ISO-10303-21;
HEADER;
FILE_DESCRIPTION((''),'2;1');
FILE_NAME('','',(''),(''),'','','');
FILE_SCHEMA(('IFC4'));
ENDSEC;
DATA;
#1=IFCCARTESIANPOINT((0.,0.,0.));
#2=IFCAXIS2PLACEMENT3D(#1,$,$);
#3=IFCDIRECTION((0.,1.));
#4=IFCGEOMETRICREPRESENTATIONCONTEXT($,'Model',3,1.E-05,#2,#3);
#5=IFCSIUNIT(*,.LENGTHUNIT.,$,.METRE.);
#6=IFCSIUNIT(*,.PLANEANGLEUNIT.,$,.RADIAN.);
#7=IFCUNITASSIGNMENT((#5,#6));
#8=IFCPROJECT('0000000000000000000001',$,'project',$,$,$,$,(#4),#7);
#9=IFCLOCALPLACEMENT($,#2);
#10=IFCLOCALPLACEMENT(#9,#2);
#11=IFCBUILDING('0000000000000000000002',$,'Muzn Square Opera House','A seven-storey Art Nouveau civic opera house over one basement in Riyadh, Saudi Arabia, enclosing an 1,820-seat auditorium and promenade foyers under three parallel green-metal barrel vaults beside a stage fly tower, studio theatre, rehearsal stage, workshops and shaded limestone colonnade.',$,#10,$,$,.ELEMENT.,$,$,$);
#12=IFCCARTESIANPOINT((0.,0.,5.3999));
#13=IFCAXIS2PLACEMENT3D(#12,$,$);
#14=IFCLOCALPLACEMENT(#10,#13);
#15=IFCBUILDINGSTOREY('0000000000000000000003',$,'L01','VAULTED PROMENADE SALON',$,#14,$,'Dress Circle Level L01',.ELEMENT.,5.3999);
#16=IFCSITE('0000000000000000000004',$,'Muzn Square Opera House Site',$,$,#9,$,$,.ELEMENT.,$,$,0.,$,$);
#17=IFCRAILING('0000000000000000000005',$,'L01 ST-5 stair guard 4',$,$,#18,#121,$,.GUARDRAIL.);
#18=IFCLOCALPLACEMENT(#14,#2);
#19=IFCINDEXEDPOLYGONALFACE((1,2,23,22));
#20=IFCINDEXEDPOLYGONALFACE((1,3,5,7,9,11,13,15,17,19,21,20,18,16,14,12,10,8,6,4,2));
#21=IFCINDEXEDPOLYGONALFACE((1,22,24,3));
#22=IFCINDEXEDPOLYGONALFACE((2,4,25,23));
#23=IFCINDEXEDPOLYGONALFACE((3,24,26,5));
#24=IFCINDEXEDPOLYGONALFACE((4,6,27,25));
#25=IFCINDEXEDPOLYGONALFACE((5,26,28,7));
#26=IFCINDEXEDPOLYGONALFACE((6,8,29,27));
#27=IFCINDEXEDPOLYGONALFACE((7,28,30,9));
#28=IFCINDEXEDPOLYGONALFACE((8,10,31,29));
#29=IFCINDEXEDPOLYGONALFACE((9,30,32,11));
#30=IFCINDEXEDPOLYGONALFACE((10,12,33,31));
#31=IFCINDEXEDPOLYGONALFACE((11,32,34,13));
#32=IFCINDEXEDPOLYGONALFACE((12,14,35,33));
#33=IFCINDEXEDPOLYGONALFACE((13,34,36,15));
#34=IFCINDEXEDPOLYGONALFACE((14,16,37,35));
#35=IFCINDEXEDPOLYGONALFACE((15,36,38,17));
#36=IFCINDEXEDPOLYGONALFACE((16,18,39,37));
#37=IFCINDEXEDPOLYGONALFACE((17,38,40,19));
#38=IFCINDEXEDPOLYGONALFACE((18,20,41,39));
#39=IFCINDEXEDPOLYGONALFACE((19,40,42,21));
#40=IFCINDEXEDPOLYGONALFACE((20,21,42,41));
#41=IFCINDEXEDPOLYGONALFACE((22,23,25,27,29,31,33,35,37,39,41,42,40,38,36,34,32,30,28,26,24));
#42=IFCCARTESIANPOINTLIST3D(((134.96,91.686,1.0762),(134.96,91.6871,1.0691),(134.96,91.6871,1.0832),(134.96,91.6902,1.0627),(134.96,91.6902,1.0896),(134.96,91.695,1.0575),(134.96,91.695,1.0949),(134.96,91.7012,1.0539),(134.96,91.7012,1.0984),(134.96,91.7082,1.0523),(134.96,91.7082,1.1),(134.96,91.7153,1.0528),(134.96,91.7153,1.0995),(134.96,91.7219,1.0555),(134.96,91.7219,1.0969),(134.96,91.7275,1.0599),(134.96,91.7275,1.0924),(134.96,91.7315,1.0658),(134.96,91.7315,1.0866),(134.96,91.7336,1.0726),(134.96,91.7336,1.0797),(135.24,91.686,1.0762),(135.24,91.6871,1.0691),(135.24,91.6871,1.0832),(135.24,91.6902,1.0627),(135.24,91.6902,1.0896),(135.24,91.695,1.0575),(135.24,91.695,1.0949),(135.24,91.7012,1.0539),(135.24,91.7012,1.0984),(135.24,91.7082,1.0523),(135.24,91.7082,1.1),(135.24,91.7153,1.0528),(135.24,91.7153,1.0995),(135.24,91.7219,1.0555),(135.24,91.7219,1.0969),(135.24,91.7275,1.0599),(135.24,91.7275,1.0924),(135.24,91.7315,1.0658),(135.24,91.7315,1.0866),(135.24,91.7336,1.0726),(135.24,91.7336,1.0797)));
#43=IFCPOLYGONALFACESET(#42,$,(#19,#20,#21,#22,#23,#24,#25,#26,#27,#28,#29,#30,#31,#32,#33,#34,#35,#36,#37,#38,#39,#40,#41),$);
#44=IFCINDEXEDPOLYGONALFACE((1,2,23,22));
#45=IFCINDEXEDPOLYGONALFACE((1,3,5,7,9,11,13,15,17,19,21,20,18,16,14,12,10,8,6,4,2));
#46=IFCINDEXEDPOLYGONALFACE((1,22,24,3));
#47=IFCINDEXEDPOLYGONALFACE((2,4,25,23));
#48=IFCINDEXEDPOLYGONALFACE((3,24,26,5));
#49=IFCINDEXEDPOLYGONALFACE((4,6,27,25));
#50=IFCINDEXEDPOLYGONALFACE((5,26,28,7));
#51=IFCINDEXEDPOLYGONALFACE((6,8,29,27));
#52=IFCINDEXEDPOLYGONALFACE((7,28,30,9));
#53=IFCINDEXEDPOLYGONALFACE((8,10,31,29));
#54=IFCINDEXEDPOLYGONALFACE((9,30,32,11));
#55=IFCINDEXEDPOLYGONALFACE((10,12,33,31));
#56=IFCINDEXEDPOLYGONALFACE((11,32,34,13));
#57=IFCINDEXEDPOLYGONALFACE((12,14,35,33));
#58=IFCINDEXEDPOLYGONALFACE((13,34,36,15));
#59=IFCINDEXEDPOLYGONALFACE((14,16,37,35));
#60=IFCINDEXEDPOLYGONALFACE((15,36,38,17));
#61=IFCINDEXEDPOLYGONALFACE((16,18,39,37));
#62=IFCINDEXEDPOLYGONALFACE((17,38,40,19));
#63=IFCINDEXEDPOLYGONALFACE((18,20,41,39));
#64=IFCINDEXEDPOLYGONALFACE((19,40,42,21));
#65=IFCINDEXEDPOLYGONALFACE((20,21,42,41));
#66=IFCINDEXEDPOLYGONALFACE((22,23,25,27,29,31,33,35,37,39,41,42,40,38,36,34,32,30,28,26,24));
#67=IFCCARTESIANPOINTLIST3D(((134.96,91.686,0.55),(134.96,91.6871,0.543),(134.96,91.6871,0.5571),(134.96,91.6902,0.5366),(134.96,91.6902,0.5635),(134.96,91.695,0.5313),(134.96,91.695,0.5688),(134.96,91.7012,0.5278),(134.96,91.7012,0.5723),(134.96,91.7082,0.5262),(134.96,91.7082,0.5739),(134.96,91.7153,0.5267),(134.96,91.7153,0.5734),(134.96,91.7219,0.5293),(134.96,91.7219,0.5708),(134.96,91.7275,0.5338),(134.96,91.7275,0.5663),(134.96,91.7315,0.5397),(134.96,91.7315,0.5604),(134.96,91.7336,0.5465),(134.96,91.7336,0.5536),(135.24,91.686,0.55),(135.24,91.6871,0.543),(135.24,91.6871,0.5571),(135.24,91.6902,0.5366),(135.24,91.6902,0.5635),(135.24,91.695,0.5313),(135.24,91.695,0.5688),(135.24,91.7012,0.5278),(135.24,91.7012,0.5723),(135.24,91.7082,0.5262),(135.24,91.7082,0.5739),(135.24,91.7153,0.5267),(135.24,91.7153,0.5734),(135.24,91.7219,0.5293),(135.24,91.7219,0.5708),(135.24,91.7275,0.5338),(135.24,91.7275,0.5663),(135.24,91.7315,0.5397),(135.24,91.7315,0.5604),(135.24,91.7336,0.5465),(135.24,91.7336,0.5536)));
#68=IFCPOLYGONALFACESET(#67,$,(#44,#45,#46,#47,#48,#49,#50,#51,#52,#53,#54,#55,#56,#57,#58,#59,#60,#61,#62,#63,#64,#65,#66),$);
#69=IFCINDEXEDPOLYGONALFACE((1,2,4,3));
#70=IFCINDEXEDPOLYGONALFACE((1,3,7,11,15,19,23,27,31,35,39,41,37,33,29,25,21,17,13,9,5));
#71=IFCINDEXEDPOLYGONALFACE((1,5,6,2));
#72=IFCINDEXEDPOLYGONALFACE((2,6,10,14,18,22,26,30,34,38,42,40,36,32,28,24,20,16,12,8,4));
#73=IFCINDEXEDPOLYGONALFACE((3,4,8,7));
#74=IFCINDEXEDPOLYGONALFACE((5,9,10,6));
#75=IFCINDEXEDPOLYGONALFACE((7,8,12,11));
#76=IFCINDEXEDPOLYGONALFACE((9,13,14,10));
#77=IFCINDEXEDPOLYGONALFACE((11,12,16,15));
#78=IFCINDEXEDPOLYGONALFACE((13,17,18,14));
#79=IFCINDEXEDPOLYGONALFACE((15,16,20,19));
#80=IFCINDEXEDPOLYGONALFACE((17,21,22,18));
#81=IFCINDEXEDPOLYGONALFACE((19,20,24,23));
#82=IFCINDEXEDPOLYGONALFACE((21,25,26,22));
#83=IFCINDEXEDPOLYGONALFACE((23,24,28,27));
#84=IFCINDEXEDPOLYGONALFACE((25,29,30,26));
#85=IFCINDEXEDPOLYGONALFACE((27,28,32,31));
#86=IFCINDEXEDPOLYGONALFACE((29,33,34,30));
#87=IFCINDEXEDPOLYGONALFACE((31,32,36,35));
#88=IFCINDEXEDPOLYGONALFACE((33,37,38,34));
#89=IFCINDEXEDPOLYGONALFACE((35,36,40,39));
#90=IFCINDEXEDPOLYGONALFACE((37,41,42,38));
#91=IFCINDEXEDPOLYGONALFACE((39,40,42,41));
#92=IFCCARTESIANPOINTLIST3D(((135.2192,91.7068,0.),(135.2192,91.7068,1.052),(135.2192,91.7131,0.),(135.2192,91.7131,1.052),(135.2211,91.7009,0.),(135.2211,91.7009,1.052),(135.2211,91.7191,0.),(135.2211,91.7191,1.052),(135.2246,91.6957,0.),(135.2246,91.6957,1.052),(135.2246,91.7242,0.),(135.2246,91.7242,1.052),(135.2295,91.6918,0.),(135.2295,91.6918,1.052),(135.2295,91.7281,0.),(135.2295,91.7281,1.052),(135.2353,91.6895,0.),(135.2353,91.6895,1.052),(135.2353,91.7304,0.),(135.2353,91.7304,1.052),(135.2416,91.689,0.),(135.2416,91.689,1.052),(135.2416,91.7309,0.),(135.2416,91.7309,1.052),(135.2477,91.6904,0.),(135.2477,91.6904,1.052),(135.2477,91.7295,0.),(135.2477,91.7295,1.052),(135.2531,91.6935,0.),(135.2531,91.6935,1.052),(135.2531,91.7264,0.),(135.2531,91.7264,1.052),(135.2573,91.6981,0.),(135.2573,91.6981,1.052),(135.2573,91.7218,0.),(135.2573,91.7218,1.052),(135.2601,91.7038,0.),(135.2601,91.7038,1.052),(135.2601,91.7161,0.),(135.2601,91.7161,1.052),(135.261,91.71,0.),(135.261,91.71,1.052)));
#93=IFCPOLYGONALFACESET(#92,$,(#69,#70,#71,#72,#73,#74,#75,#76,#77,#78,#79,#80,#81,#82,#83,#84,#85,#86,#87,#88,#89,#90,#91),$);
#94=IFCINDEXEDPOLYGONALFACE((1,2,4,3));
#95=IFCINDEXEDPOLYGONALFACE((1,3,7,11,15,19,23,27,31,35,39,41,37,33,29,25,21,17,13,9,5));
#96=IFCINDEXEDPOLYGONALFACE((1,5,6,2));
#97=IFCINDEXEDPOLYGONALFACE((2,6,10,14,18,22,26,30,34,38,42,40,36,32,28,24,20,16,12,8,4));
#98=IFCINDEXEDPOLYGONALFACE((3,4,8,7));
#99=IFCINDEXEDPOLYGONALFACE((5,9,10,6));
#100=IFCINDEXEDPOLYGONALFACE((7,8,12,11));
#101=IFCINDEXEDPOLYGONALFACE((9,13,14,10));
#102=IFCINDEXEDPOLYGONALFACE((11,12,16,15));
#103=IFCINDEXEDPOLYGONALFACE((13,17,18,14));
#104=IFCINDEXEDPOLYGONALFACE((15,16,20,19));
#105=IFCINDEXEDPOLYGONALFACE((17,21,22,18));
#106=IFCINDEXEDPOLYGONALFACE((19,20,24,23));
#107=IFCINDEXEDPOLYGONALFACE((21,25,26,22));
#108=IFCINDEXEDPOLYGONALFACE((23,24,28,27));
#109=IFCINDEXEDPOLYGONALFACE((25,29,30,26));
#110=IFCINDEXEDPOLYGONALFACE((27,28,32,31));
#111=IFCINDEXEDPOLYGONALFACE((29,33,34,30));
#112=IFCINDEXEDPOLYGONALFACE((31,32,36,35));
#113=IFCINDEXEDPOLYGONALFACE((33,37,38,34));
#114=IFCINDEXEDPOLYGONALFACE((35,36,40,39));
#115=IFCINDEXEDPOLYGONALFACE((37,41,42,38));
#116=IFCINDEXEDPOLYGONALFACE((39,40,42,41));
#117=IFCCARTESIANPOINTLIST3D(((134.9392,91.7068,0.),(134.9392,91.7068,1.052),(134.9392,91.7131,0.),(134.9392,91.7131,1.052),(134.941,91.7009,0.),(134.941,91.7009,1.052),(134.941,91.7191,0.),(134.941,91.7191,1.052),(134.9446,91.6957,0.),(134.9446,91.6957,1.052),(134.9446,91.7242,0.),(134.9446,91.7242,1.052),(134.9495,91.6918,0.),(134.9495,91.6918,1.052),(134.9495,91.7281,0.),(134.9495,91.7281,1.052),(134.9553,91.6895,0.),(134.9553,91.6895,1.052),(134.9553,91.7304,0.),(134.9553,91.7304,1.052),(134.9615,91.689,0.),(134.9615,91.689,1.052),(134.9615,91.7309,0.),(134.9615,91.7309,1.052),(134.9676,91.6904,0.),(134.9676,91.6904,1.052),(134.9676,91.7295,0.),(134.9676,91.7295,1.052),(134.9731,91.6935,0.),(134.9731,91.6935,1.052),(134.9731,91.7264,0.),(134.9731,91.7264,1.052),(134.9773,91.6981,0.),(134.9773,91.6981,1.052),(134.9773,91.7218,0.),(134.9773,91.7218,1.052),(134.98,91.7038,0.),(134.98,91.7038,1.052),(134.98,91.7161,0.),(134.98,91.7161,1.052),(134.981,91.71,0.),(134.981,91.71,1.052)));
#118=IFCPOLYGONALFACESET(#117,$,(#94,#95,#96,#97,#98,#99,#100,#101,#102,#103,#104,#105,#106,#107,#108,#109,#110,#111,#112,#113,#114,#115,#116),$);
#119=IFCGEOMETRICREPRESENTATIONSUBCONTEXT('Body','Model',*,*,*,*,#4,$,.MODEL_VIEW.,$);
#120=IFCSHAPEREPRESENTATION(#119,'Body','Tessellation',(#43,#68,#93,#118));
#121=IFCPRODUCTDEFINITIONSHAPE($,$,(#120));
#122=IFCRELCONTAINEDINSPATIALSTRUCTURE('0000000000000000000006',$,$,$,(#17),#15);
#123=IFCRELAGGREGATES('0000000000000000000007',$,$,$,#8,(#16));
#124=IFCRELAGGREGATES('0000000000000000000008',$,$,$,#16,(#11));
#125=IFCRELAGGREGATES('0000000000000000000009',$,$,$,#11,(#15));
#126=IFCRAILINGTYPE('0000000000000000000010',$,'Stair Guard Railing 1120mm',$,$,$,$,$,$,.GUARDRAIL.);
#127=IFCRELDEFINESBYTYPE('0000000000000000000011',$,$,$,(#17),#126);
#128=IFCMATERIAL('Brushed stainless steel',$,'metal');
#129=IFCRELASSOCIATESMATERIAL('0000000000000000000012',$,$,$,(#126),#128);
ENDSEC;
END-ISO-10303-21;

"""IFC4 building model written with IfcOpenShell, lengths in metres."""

from ifc_helpers import new_model, si_unit, direction, frame, origin, origin_2d, place, context, subcontext, project, spatial, circle, extrude, material, type_object, element, save


model = new_model("IFC4")

# Units and contexts
model_context = context("Model", 3, precision=1e-05, world=origin(), true_north=direction((0.0, 1.0)))
body_context = subcontext(model_context, "Body", "Model", "MODEL_VIEW")
ifc_project = project(units=[si_unit("LENGTHUNIT", "METRE"), si_unit("PLANEANGLEUNIT", "RADIAN")], contexts=[model_context])

# Site, building, storey
site_placement = place(None, origin())
site = spatial("IfcSite", under=ifc_project, at=site_placement, Name="Muzn Square Opera House Site", CompositionType="ELEMENT", RefElevation=0.0)
building_placement = place(site_placement, origin())
building = spatial("IfcBuilding", under=site, at=building_placement, Name="Muzn Square Opera House", Description="A seven-storey Art Nouveau civic opera house over one basement in Riyadh, Saudi Arabia, enclosing an 1,820-seat auditorium and promenade foyers under three parallel green-metal barrel vaults beside a stage fly tower, studio theatre, rehearsal stage, workshops and shaded limestone colonnade.", CompositionType="ELEMENT")
storey_placement = place(building_placement, frame((0.0, 0.0, 5.3999)))
storey = spatial("IfcBuildingStorey", under=building, at=storey_placement, Name="L01", Description="VAULTED PROMENADE SALON", LongName="Dress Circle Level L01", CompositionType="ELEMENT", Elevation=5.3999)

# Railing
ifc_material_1 = material(Name="Brushed stainless steel", Category="metal")
railing_type_1 = type_object("IfcRailingType", Name="Stair Guard Railing 1120mm", PredefinedType="GUARDRAIL", material=ifc_material_1)
railing_1_placement = place(storey_placement, frame((135.24, 91.71, 0.0)))
element("IfcRailing", 1, at=railing_1_placement, inside=storey, type_object=railing_type_1, Name="L01 ST-5 stair guard 4", PredefinedType="GUARDRAIL", context=body_context, shape_type="SweptSolid", body=[
    extrude(circle(Radius=0.0239, at=origin_2d()), frame((0.0, 0.0, 1.0762), z_axis=(-1.0, 0.0, 0.0), x_axis=(0.0, -1.0, 0.0)), (0.0, 0.0, 1.0), 0.28),
    extrude(circle(Radius=0.0239, at=origin_2d()), frame((0.0, 0.0, 0.55), z_axis=(-1.0, 0.0, 0.0), x_axis=(0.0, -1.0, 0.0)), (0.0, 0.0, 1.0), 0.28),
    extrude(circle(Radius=0.021, at=origin_2d()), origin(), (0.0, 0.0, 1.0), 1.052),
    extrude(circle(Radius=0.021, at=origin_2d()), frame((-0.28, 0.0, 0.0)), (0.0, 0.0, 1.0), 1.052),
])

save(model, "model.ifc")
